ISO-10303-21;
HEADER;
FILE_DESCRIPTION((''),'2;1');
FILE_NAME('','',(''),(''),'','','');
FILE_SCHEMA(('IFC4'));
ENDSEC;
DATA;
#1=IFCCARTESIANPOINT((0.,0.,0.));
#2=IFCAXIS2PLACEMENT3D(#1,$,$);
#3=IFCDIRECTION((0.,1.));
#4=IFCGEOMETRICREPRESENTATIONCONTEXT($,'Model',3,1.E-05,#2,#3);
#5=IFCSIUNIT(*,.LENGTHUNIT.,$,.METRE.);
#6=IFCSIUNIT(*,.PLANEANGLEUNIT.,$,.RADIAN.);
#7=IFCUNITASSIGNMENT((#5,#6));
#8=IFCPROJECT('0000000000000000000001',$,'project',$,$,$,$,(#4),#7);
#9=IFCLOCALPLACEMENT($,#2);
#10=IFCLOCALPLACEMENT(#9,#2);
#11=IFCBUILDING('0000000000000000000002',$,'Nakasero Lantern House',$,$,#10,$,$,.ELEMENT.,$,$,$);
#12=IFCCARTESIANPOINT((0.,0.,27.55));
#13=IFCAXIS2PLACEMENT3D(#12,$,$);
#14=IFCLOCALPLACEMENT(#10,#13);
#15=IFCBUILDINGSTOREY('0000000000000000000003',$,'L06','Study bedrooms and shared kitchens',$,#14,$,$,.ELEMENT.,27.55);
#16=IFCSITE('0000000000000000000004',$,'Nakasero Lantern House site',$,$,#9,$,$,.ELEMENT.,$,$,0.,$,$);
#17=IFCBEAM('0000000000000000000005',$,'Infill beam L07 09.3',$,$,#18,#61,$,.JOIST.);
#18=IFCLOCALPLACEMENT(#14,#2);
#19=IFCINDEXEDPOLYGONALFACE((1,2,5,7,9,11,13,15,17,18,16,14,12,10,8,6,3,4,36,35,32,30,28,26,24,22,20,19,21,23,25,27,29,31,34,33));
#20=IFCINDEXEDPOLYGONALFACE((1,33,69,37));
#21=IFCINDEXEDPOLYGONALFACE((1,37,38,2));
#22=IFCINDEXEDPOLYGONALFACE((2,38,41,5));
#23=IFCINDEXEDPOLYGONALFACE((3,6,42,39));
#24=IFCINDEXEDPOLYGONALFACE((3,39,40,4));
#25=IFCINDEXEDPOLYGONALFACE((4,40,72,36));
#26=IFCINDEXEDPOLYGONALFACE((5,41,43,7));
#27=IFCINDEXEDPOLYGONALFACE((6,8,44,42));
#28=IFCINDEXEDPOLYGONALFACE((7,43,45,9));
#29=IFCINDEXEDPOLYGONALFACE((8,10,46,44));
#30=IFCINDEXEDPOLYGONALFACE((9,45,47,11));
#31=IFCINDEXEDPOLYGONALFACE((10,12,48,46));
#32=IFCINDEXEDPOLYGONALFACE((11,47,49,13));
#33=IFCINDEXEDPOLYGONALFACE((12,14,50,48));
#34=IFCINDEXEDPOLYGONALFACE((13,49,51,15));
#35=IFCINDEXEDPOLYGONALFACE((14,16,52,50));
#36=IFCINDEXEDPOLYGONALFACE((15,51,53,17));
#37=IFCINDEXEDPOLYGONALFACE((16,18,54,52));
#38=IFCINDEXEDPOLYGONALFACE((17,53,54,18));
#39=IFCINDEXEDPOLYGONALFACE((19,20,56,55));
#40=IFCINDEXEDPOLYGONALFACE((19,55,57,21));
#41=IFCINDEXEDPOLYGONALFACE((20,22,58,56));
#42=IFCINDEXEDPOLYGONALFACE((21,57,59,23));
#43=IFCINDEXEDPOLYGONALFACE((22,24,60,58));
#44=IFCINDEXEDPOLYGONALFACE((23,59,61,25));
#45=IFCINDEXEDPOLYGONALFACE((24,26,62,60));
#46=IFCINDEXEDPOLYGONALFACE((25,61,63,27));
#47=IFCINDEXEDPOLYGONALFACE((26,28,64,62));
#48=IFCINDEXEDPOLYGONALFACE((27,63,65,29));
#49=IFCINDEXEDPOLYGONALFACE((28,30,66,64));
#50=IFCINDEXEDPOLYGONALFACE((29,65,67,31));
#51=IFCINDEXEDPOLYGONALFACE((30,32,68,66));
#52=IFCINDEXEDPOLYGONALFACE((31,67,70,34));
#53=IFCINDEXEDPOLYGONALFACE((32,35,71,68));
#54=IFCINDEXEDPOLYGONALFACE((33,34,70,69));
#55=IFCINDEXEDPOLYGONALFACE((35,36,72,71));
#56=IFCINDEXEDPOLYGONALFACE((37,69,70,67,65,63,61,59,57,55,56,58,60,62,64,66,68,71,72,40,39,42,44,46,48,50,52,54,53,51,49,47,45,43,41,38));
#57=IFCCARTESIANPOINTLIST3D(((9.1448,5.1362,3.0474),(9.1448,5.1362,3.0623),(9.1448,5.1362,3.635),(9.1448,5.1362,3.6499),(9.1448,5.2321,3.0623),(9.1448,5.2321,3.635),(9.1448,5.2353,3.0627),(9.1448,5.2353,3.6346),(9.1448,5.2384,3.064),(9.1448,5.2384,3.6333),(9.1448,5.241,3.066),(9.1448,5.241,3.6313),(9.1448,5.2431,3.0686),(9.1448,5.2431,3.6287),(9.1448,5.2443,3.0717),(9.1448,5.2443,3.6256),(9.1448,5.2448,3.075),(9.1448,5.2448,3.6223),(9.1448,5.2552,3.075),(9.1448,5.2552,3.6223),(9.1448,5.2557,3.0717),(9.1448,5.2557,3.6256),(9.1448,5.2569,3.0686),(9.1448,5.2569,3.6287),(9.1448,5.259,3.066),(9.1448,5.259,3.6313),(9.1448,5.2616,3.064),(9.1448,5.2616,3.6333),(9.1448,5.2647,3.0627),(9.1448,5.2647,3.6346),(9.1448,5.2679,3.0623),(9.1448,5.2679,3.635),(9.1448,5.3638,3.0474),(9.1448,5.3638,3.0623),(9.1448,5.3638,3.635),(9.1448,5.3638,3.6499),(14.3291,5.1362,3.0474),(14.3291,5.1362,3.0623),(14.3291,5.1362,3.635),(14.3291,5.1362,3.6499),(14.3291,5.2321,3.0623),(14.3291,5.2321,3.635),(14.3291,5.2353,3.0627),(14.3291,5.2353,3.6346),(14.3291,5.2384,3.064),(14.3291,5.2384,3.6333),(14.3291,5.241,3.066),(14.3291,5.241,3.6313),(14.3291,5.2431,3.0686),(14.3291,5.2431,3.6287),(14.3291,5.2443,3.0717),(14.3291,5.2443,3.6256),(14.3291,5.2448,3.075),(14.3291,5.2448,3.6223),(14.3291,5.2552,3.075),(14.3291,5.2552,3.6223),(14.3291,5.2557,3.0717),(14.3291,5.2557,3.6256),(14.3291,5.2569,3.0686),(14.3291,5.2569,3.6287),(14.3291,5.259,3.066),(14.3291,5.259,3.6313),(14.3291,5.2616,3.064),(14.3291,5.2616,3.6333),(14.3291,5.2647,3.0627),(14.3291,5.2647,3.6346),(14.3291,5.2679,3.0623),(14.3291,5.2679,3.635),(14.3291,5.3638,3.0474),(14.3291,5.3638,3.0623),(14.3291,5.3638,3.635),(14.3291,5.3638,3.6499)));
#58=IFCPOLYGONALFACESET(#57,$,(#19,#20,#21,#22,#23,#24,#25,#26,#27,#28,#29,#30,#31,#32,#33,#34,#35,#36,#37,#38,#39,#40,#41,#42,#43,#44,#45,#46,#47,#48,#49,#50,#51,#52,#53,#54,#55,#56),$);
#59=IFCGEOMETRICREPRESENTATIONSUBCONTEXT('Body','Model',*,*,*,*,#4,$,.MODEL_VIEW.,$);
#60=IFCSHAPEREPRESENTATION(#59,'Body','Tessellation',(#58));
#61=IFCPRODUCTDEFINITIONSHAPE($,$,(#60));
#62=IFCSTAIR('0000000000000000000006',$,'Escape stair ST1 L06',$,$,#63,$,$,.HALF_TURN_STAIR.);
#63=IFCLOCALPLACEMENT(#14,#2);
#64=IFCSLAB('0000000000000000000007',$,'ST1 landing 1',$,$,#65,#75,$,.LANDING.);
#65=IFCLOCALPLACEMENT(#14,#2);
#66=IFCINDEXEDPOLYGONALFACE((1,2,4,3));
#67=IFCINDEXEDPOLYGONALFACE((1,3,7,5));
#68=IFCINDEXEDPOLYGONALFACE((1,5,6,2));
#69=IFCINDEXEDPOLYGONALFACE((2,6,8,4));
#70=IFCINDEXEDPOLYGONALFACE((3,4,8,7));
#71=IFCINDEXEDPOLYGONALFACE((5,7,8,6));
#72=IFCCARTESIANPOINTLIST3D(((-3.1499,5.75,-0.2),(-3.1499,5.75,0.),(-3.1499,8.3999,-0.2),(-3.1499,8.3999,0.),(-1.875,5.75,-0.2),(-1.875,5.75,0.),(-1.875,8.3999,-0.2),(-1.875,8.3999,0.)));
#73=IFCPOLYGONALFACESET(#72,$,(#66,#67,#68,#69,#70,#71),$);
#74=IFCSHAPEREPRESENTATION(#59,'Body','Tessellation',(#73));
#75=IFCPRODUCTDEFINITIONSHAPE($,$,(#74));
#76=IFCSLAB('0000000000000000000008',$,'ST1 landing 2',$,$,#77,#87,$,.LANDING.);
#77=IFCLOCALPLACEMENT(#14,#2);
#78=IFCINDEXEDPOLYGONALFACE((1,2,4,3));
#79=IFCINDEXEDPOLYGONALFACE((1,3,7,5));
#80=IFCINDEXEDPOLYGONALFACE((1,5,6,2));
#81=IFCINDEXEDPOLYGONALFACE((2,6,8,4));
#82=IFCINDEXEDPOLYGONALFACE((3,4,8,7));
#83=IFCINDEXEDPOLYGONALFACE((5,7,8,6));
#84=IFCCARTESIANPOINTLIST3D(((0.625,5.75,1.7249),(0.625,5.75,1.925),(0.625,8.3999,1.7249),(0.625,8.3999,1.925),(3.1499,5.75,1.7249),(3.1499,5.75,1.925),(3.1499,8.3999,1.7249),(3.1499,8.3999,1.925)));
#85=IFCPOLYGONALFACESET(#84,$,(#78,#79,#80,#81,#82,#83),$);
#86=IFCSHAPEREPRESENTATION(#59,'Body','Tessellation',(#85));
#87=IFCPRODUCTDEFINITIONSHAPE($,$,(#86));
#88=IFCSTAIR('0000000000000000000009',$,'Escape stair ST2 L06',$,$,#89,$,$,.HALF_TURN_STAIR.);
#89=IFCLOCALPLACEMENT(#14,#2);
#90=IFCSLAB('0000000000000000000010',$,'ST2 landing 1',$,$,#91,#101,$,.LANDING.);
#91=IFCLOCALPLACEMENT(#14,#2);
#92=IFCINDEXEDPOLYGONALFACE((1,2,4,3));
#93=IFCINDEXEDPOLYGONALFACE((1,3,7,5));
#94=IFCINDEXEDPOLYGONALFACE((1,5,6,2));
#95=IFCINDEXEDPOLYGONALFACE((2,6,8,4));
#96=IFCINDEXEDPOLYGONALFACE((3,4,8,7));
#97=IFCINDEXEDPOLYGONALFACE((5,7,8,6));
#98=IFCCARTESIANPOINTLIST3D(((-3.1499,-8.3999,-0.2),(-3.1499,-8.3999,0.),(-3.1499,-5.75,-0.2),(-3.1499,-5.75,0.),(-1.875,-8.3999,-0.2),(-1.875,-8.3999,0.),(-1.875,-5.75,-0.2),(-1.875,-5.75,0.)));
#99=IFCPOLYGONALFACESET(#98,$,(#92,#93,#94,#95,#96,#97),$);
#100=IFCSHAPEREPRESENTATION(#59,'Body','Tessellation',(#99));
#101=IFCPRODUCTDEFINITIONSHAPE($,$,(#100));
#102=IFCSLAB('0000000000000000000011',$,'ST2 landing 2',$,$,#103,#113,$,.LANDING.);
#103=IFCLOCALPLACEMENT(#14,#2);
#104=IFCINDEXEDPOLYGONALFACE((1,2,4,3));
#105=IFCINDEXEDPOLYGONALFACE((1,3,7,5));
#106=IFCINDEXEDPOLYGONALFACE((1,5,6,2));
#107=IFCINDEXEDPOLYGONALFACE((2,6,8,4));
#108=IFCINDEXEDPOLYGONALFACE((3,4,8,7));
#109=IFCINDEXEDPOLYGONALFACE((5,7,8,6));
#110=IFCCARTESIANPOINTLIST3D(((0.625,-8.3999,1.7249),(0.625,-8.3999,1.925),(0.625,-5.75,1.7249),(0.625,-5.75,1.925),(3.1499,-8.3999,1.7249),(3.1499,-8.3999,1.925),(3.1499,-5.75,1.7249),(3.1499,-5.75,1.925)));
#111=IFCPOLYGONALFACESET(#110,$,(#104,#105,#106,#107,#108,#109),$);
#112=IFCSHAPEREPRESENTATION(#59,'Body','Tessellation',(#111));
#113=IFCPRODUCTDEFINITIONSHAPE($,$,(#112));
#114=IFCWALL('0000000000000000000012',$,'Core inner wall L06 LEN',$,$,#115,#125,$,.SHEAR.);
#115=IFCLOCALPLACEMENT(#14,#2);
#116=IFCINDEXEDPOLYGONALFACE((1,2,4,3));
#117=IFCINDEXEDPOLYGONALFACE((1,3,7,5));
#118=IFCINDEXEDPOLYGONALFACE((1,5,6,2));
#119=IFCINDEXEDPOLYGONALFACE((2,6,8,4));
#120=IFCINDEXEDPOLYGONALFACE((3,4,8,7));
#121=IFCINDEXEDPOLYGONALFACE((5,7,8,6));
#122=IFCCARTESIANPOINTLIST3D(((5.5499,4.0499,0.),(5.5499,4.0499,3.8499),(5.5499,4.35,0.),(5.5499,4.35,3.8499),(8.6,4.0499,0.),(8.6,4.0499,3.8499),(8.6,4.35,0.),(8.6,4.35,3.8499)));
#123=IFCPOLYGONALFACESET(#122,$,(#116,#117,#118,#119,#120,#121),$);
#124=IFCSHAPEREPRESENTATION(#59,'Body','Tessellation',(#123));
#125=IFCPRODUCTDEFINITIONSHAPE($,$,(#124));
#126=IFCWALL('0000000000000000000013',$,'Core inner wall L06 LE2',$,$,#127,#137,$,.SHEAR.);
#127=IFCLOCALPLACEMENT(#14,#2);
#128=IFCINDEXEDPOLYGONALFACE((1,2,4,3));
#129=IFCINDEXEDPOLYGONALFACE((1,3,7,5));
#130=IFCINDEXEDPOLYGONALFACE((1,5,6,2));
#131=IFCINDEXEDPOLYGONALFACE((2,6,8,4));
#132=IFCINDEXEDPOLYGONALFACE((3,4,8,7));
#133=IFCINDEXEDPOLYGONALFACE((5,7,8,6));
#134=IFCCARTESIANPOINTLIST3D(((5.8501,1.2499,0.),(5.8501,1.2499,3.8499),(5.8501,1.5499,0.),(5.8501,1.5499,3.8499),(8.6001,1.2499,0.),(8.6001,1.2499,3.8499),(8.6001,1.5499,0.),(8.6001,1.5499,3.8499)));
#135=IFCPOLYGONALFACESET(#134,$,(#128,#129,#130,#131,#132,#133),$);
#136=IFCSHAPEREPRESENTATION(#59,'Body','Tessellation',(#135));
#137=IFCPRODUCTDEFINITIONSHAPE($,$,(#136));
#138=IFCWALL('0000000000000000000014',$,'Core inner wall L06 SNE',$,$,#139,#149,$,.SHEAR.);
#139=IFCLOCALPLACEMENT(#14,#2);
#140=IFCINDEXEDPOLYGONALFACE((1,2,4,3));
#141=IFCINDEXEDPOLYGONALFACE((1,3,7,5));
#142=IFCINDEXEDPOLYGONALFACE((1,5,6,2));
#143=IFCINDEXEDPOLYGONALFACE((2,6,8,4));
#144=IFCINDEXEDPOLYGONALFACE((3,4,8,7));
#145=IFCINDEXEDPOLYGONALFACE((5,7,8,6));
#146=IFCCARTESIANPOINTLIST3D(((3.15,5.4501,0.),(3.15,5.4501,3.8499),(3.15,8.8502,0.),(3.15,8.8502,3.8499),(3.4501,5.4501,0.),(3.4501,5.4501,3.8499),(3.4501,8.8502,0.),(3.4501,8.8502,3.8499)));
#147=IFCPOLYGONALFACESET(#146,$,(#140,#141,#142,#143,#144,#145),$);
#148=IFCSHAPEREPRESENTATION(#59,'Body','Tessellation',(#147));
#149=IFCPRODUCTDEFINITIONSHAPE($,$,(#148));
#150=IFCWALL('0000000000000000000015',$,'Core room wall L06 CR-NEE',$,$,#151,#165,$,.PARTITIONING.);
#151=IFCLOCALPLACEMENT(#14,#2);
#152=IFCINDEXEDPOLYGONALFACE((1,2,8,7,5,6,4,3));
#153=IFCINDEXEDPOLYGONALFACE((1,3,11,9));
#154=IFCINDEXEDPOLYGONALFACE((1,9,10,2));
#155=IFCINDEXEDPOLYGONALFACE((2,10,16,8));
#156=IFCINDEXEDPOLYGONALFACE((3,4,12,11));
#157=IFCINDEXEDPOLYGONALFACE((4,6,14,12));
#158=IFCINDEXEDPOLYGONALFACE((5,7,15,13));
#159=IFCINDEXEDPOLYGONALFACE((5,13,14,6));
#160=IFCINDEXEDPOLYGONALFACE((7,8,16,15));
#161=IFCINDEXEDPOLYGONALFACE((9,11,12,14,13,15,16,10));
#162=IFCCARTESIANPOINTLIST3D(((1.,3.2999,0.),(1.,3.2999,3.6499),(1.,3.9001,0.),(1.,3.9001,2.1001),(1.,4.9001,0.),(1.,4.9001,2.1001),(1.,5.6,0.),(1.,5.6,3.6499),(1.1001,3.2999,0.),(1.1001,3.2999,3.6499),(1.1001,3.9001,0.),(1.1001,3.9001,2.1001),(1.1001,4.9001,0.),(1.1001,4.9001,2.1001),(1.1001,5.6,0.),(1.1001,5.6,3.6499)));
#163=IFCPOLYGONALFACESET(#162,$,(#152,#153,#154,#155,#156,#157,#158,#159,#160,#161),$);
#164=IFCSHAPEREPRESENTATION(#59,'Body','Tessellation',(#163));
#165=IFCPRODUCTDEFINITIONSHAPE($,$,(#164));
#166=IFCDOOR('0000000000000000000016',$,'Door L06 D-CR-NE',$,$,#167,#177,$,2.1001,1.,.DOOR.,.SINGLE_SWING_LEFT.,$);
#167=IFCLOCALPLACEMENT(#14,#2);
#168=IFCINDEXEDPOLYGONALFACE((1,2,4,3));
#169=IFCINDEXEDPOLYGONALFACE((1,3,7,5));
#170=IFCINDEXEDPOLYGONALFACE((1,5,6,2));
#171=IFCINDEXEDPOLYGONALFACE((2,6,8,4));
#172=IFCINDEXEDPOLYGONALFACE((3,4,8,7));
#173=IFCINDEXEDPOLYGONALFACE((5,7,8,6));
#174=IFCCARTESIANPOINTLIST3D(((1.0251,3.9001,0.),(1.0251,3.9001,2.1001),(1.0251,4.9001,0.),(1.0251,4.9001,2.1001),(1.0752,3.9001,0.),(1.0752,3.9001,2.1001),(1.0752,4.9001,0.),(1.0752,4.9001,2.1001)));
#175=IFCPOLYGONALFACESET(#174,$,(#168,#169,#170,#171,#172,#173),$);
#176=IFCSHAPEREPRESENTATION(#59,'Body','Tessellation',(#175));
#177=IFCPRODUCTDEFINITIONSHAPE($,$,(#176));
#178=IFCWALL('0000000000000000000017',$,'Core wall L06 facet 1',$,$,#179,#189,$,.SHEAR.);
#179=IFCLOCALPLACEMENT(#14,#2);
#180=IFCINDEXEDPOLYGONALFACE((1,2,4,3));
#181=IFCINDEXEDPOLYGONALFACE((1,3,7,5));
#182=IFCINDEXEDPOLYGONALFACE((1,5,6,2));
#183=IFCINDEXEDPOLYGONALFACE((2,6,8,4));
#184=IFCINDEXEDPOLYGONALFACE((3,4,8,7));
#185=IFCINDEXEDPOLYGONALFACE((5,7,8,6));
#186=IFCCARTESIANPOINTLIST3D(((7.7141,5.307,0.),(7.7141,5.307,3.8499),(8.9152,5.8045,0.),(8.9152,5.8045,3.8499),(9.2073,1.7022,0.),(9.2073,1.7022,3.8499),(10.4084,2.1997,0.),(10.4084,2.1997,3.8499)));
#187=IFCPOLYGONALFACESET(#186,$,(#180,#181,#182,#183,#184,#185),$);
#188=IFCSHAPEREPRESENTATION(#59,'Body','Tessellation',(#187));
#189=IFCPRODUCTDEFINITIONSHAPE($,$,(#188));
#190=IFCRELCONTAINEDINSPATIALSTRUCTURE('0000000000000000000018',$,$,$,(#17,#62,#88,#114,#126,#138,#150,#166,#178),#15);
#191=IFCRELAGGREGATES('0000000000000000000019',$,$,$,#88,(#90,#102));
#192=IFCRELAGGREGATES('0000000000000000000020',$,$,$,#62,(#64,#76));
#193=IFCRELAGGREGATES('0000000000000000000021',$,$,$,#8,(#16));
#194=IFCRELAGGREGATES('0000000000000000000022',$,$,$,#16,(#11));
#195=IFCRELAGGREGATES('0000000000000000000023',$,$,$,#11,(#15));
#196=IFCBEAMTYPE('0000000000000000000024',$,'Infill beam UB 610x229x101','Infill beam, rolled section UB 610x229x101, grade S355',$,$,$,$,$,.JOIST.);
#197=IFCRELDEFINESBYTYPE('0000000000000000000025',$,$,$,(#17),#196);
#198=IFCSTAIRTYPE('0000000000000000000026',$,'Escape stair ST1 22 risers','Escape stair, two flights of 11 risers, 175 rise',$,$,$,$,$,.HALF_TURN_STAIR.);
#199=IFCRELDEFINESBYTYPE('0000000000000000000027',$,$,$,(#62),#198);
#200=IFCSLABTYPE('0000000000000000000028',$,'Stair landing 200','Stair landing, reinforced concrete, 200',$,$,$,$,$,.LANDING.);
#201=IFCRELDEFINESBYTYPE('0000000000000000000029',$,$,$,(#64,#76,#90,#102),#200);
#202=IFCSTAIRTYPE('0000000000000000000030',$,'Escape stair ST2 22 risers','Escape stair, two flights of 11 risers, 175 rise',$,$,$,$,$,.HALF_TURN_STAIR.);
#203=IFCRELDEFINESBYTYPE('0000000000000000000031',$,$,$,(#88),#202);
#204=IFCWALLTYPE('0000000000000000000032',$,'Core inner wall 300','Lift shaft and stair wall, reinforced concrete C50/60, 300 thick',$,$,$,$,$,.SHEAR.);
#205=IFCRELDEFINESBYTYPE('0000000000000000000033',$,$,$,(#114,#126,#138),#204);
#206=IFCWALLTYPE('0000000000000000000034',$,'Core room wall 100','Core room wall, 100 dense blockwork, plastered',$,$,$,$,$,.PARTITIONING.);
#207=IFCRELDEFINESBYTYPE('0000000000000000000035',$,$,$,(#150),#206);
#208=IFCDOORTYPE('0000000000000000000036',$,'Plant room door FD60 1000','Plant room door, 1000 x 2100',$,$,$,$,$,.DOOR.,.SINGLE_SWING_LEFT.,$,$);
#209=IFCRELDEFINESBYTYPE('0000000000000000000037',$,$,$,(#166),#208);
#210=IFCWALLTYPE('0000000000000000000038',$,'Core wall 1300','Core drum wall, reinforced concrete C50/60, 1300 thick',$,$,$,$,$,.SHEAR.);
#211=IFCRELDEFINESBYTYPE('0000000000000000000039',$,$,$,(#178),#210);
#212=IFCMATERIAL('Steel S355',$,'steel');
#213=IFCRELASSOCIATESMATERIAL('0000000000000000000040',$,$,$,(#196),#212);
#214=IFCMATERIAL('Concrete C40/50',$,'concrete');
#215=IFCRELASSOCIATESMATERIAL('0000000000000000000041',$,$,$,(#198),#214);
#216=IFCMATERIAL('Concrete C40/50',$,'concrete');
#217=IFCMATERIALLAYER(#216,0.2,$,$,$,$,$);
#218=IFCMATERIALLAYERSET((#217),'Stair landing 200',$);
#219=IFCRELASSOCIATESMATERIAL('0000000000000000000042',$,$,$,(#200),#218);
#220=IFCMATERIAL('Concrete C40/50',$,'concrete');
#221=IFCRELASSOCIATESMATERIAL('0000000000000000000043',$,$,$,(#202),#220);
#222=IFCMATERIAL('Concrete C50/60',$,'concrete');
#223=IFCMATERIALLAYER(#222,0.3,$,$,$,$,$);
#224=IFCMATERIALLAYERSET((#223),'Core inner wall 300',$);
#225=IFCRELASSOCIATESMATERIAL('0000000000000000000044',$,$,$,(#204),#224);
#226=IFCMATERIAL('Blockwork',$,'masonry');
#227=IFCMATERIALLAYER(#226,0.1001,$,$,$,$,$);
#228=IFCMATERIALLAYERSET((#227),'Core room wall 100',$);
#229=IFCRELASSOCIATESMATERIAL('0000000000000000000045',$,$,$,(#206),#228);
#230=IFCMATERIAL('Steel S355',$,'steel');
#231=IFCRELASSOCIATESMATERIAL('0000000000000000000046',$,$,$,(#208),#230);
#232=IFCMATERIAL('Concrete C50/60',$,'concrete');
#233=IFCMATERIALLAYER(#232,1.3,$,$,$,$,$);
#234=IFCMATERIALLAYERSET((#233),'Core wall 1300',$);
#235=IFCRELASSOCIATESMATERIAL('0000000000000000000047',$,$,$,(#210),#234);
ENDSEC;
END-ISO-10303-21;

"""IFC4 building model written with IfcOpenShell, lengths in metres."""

from ifc_helpers import new_model, si_unit, direction, frame, frame_2d, origin, origin_2d, place, context, subcontext, project, spatial, polyline, rectangle, i_section, outline, extrude, material, layer, layer_set, material_profile, profile_set, type_object, element, fill, aggregate, save


model = new_model("IFC4")

# Units and contexts
model_context = context("Model", 3, precision=1e-05, world=origin(), true_north=direction((0.0, 1.0)))
body_context = subcontext(model_context, "Body", "Model", "MODEL_VIEW")
ifc_project = project(units=[si_unit("LENGTHUNIT", "METRE"), si_unit("PLANEANGLEUNIT", "RADIAN")], contexts=[model_context])

# Site, building, storey
site_placement = place(None, origin())
site = spatial("IfcSite", under=ifc_project, at=site_placement, Name="Nakasero Lantern House site", CompositionType="ELEMENT", RefElevation=0.0)
building_placement = place(site_placement, origin())
building = spatial("IfcBuilding", under=site, at=building_placement, Name="Nakasero Lantern House", CompositionType="ELEMENT")
storey_placement = place(building_placement, frame((0.0, 0.0, 27.55)))
storey = spatial("IfcBuildingStorey", under=building, at=storey_placement, Name="L06", Description="Study bedrooms and shared kitchens", CompositionType="ELEMENT", Elevation=27.55)

# Beam
ifc_material_1 = material(Name="Steel S355", Category="steel")
ifc_material_profile_1 = material_profile(ifc_material_1, i_section(OverallWidth=0.2275, OverallDepth=0.6025, WebThickness=0.0105, FlangeThickness=0.0149, FilletRadius=0.0127, at=origin_2d()), Name="UB 610x229x101")
ifc_profile_set_1 = profile_set([ifc_material_profile_1], Name="Steel S355")
beam_type_1 = type_object("IfcBeamType", Name="Infill beam UB 610x229x101", Description="Infill beam, rolled section UB 610x229x101, grade S355", PredefinedType="JOIST", material=ifc_profile_set_1)
beam_1_placement = place(storey_placement, frame((9.1448, 5.25, 3.3486), z_axis=(1.0, 0.0, 0.0), x_axis=(0.0, 1.0, 0.0)))
element("IfcBeam", 1, at=beam_1_placement, inside=storey, type_object=beam_type_1, Name="Infill beam L07 09.3", PredefinedType="JOIST", context=body_context, shape_type="SweptSolid", body=[
    extrude(i_section(OverallWidth=0.2275, OverallDepth=0.6025, WebThickness=0.0105, FlangeThickness=0.0149, FilletRadius=0.0127, at=origin_2d()), origin(), (0.0, 0.0, 1.0), 5.1843),
])

# Stairs, slabs
ifc_material_2 = material(Name="Concrete C40/50", Category="concrete")
stair_type_1 = type_object("IfcStairType", Name="Escape stair ST1 22 risers", Description="Escape stair, two flights of 11 risers, 175 rise", PredefinedType="HALF_TURN_STAIR", material=ifc_material_2)
stair_1_placement = place(storey_placement, origin())
stair_1 = element("IfcStair", 2, at=stair_1_placement, inside=storey, type_object=stair_type_1, Name="Escape stair ST1 L06", PredefinedType="HALF_TURN_STAIR")
ifc_material_3 = material(Name="Concrete C40/50", Category="concrete")
ifc_layer_1 = layer(ifc_material_3, 0.2)
ifc_layer_set_1 = layer_set([ifc_layer_1], Name="Stair landing 200")
slab_type = type_object("IfcSlabType", Name="Stair landing 200", Description="Stair landing, reinforced concrete, 200", PredefinedType="LANDING", material=ifc_layer_set_1)
slab_1_placement = place(storey_placement, frame((0.0, 0.0, -0.2)))
slab_1 = element("IfcSlab", 3, at=slab_1_placement, type_object=slab_type, Name="ST1 landing 1", PredefinedType="LANDING", context=body_context, shape_type="SweptSolid", body=[
    extrude(outline(polyline([(-3.1499, 5.75), (-1.875, 5.75), (-1.875, 8.3999), (-3.1499, 8.3999), (-3.1499, 5.75)])), origin(), (0.0, 0.0, 1.0), 0.2),
])
slab_2_placement = place(storey_placement, frame((0.0, 0.0, 1.7249)))
slab_2 = element("IfcSlab", 4, at=slab_2_placement, type_object=slab_type, Name="ST1 landing 2", PredefinedType="LANDING", context=body_context, shape_type="SweptSolid", body=[
    extrude(outline(polyline([(0.625, 5.75), (3.1499, 5.75), (3.1499, 8.3999), (0.625, 8.3999), (0.625, 5.75)])), origin(), (0.0, 0.0, 1.0), 0.2002),
])
ifc_material_4 = material(Name="Concrete C40/50", Category="concrete")
stair_type_2 = type_object("IfcStairType", Name="Escape stair ST2 22 risers", Description="Escape stair, two flights of 11 risers, 175 rise", PredefinedType="HALF_TURN_STAIR", material=ifc_material_4)
stair_2_placement = place(storey_placement, origin())
stair_2 = element("IfcStair", 5, at=stair_2_placement, inside=storey, type_object=stair_type_2, Name="Escape stair ST2 L06", PredefinedType="HALF_TURN_STAIR")
slab_3_placement = place(storey_placement, frame((0.0, 0.0, -0.2)))
slab_3 = element("IfcSlab", 6, at=slab_3_placement, type_object=slab_type, Name="ST2 landing 1", PredefinedType="LANDING", context=body_context, shape_type="SweptSolid", body=[
    extrude(outline(polyline([(-3.1499, -8.3999), (-1.875, -8.3999), (-1.875, -5.75), (-3.1499, -5.75), (-3.1499, -8.3999)])), origin(), (0.0, 0.0, 1.0), 0.2),
])
slab_4_placement = place(storey_placement, frame((0.0, 0.0, 1.7249)))
slab_4 = element("IfcSlab", 7, at=slab_4_placement, type_object=slab_type, Name="ST2 landing 2", PredefinedType="LANDING", context=body_context, shape_type="SweptSolid", body=[
    extrude(outline(polyline([(0.625, -8.3999), (3.1499, -8.3999), (3.1499, -5.75), (0.625, -5.75), (0.625, -8.3999)])), origin(), (0.0, 0.0, 1.0), 0.2002),
])
aggregate(stair_2, [slab_3, slab_4])

# Walls
ifc_material_5 = material(Name="Concrete C50/60", Category="concrete")
ifc_layer_2 = layer(ifc_material_5, 0.3)
ifc_layer_set_2 = layer_set([ifc_layer_2], Name="Core inner wall 300")
wall_type_1 = type_object("IfcWallType", Name="Core inner wall 300", Description="Lift shaft and stair wall, reinforced concrete C50/60, 300 thick", PredefinedType="SHEAR", material=ifc_layer_set_2)
wall_1_placement = place(storey_placement, frame((5.55, 4.2, 0.0), z_axis=(0.0, 0.0, 1.0), x_axis=(1.0, 0.0, 0.0)))
element("IfcWall", 8, at=wall_1_placement, inside=storey, type_object=wall_type_1, Name="Core inner wall L06 LEN", PredefinedType="SHEAR", context=body_context, shape_type="SweptSolid", body=[
    extrude(rectangle(XDim=3.05, YDim=0.3, at=frame_2d((1.5249, 0.0))), origin(), (0.0, 0.0, 1.0), 3.8499),
])
wall_2_placement = place(storey_placement, frame((5.8501, 1.3999, 0.0), z_axis=(0.0, 0.0, 1.0), x_axis=(1.0, 0.0, 0.0)))
element("IfcWall", 9, at=wall_2_placement, inside=storey, type_object=wall_type_1, Name="Core inner wall L06 LE2", PredefinedType="SHEAR", context=body_context, shape_type="SweptSolid", body=[
    extrude(rectangle(XDim=2.75, YDim=0.3, at=frame_2d((1.375, 0.0))), origin(), (0.0, 0.0, 1.0), 3.8499),
])
wall_3_placement = place(storey_placement, frame((3.3, 5.45, 0.0), z_axis=(0.0, 0.0, 1.0), x_axis=(0.0, 1.0, 0.0)))
element("IfcWall", 10, at=wall_3_placement, inside=storey, type_object=wall_type_1, Name="Core inner wall L06 SNE", PredefinedType="SHEAR", context=body_context, shape_type="SweptSolid", body=[
    extrude(rectangle(XDim=3.4001, YDim=0.3, at=frame_2d((1.7002, 0.0))), origin(), (0.0, 0.0, 1.0), 3.8499),
])

# Wall, opening, door
ifc_material_6 = material(Name="Blockwork", Category="masonry")
ifc_layer_3 = layer(ifc_material_6, 0.1001)
ifc_layer_set_3 = layer_set([ifc_layer_3], Name="Core room wall 100")
wall_type_2 = type_object("IfcWallType", Name="Core room wall 100", Description="Core room wall, 100 dense blockwork, plastered", PredefinedType="PARTITIONING", material=ifc_layer_set_3)
wall_4_placement = place(storey_placement, frame((1.05, 3.3, 0.0), z_axis=(0.0, 0.0, 1.0), x_axis=(0.0, 1.0, 0.0)))
wall_4 = element("IfcWall", 11, at=wall_4_placement, inside=storey, type_object=wall_type_2, Name="Core room wall L06 CR-NEE", PredefinedType="PARTITIONING", context=body_context, shape_type="SweptSolid", body=[
    extrude(rectangle(XDim=2.3, YDim=0.1001, at=frame_2d((1.1499, 0.0))), origin(), (0.0, 0.0, 1.0), 3.6499),
])
opening_1_placement = place(wall_4_placement, frame((0.6001, 0.0, 0.0)))
opening_1 = element("IfcOpeningElement", 12, at=opening_1_placement, cuts=wall_4, PredefinedType="OPENING", context=body_context, shape_type="SweptSolid", body=[
    extrude(rectangle(XDim=1.0, YDim=2.1001, at=frame_2d((0.5, 1.05))), frame((0.0, 0.0701, 0.0), z_axis=(0.0, -1.0, 0.0), x_axis=(1.0, 0.0, 0.0)), (0.0, 0.0, 1.0), 0.1401),
])
ifc_material_7 = material(Name="Steel S355", Category="steel")
door_type_1 = type_object("IfcDoorType", Name="Plant room door FD60 1000", Description="Plant room door, 1000 x 2100", OperationType="SINGLE_SWING_LEFT", PredefinedType="DOOR", material=ifc_material_7)
door_1_placement = place(opening_1_placement, origin())
door_1 = element("IfcDoor", 13, at=door_1_placement, inside=storey, type_object=door_type_1, Name="Door L06 D-CR-NE", OperationType="SINGLE_SWING_LEFT", OverallHeight=2.1001, OverallWidth=1.0, PredefinedType="DOOR", context=body_context, shape_type="SweptSolid", body=[
    extrude(rectangle(XDim=1.0, YDim=2.1001, at=frame_2d((0.5, 1.05))), frame((0.0, 0.0249, 0.0), z_axis=(0.0, -1.0, 0.0), x_axis=(1.0, 0.0, 0.0)), (0.0, 0.0, 1.0), 0.05),
])
fill(opening_1, door_1)

# Wall
ifc_material_8 = material(Name="Concrete C50/60", Category="concrete")
ifc_layer_4 = layer(ifc_material_8, 1.3)
ifc_layer_set_4 = layer_set([ifc_layer_4], Name="Core wall 1300")
wall_type_3 = type_object("IfcWallType", Name="Core wall 1300", Description="Core drum wall, reinforced concrete C50/60, 1300 thick", PredefinedType="SHEAR", material=ifc_layer_set_4)
wall_5_placement = place(storey_placement, frame((9.8079, 1.9509, 0.0), z_axis=(0.0, 0.0, 1.0), x_axis=(-0.382691, 0.923877, 0.0)))
element("IfcWall", 14, at=wall_5_placement, inside=storey, type_object=wall_type_3, Name="Core wall L06 facet 1", PredefinedType="SHEAR", context=body_context, shape_type="SweptSolid", body=[
    extrude(rectangle(XDim=3.9019, YDim=1.3, at=frame_2d((1.9509, 0.0))), origin(), (0.0, 0.0, 1.0), 3.8499),
])

aggregate(stair_1, [slab_1, slab_2])

save(model, "model.ifc")
